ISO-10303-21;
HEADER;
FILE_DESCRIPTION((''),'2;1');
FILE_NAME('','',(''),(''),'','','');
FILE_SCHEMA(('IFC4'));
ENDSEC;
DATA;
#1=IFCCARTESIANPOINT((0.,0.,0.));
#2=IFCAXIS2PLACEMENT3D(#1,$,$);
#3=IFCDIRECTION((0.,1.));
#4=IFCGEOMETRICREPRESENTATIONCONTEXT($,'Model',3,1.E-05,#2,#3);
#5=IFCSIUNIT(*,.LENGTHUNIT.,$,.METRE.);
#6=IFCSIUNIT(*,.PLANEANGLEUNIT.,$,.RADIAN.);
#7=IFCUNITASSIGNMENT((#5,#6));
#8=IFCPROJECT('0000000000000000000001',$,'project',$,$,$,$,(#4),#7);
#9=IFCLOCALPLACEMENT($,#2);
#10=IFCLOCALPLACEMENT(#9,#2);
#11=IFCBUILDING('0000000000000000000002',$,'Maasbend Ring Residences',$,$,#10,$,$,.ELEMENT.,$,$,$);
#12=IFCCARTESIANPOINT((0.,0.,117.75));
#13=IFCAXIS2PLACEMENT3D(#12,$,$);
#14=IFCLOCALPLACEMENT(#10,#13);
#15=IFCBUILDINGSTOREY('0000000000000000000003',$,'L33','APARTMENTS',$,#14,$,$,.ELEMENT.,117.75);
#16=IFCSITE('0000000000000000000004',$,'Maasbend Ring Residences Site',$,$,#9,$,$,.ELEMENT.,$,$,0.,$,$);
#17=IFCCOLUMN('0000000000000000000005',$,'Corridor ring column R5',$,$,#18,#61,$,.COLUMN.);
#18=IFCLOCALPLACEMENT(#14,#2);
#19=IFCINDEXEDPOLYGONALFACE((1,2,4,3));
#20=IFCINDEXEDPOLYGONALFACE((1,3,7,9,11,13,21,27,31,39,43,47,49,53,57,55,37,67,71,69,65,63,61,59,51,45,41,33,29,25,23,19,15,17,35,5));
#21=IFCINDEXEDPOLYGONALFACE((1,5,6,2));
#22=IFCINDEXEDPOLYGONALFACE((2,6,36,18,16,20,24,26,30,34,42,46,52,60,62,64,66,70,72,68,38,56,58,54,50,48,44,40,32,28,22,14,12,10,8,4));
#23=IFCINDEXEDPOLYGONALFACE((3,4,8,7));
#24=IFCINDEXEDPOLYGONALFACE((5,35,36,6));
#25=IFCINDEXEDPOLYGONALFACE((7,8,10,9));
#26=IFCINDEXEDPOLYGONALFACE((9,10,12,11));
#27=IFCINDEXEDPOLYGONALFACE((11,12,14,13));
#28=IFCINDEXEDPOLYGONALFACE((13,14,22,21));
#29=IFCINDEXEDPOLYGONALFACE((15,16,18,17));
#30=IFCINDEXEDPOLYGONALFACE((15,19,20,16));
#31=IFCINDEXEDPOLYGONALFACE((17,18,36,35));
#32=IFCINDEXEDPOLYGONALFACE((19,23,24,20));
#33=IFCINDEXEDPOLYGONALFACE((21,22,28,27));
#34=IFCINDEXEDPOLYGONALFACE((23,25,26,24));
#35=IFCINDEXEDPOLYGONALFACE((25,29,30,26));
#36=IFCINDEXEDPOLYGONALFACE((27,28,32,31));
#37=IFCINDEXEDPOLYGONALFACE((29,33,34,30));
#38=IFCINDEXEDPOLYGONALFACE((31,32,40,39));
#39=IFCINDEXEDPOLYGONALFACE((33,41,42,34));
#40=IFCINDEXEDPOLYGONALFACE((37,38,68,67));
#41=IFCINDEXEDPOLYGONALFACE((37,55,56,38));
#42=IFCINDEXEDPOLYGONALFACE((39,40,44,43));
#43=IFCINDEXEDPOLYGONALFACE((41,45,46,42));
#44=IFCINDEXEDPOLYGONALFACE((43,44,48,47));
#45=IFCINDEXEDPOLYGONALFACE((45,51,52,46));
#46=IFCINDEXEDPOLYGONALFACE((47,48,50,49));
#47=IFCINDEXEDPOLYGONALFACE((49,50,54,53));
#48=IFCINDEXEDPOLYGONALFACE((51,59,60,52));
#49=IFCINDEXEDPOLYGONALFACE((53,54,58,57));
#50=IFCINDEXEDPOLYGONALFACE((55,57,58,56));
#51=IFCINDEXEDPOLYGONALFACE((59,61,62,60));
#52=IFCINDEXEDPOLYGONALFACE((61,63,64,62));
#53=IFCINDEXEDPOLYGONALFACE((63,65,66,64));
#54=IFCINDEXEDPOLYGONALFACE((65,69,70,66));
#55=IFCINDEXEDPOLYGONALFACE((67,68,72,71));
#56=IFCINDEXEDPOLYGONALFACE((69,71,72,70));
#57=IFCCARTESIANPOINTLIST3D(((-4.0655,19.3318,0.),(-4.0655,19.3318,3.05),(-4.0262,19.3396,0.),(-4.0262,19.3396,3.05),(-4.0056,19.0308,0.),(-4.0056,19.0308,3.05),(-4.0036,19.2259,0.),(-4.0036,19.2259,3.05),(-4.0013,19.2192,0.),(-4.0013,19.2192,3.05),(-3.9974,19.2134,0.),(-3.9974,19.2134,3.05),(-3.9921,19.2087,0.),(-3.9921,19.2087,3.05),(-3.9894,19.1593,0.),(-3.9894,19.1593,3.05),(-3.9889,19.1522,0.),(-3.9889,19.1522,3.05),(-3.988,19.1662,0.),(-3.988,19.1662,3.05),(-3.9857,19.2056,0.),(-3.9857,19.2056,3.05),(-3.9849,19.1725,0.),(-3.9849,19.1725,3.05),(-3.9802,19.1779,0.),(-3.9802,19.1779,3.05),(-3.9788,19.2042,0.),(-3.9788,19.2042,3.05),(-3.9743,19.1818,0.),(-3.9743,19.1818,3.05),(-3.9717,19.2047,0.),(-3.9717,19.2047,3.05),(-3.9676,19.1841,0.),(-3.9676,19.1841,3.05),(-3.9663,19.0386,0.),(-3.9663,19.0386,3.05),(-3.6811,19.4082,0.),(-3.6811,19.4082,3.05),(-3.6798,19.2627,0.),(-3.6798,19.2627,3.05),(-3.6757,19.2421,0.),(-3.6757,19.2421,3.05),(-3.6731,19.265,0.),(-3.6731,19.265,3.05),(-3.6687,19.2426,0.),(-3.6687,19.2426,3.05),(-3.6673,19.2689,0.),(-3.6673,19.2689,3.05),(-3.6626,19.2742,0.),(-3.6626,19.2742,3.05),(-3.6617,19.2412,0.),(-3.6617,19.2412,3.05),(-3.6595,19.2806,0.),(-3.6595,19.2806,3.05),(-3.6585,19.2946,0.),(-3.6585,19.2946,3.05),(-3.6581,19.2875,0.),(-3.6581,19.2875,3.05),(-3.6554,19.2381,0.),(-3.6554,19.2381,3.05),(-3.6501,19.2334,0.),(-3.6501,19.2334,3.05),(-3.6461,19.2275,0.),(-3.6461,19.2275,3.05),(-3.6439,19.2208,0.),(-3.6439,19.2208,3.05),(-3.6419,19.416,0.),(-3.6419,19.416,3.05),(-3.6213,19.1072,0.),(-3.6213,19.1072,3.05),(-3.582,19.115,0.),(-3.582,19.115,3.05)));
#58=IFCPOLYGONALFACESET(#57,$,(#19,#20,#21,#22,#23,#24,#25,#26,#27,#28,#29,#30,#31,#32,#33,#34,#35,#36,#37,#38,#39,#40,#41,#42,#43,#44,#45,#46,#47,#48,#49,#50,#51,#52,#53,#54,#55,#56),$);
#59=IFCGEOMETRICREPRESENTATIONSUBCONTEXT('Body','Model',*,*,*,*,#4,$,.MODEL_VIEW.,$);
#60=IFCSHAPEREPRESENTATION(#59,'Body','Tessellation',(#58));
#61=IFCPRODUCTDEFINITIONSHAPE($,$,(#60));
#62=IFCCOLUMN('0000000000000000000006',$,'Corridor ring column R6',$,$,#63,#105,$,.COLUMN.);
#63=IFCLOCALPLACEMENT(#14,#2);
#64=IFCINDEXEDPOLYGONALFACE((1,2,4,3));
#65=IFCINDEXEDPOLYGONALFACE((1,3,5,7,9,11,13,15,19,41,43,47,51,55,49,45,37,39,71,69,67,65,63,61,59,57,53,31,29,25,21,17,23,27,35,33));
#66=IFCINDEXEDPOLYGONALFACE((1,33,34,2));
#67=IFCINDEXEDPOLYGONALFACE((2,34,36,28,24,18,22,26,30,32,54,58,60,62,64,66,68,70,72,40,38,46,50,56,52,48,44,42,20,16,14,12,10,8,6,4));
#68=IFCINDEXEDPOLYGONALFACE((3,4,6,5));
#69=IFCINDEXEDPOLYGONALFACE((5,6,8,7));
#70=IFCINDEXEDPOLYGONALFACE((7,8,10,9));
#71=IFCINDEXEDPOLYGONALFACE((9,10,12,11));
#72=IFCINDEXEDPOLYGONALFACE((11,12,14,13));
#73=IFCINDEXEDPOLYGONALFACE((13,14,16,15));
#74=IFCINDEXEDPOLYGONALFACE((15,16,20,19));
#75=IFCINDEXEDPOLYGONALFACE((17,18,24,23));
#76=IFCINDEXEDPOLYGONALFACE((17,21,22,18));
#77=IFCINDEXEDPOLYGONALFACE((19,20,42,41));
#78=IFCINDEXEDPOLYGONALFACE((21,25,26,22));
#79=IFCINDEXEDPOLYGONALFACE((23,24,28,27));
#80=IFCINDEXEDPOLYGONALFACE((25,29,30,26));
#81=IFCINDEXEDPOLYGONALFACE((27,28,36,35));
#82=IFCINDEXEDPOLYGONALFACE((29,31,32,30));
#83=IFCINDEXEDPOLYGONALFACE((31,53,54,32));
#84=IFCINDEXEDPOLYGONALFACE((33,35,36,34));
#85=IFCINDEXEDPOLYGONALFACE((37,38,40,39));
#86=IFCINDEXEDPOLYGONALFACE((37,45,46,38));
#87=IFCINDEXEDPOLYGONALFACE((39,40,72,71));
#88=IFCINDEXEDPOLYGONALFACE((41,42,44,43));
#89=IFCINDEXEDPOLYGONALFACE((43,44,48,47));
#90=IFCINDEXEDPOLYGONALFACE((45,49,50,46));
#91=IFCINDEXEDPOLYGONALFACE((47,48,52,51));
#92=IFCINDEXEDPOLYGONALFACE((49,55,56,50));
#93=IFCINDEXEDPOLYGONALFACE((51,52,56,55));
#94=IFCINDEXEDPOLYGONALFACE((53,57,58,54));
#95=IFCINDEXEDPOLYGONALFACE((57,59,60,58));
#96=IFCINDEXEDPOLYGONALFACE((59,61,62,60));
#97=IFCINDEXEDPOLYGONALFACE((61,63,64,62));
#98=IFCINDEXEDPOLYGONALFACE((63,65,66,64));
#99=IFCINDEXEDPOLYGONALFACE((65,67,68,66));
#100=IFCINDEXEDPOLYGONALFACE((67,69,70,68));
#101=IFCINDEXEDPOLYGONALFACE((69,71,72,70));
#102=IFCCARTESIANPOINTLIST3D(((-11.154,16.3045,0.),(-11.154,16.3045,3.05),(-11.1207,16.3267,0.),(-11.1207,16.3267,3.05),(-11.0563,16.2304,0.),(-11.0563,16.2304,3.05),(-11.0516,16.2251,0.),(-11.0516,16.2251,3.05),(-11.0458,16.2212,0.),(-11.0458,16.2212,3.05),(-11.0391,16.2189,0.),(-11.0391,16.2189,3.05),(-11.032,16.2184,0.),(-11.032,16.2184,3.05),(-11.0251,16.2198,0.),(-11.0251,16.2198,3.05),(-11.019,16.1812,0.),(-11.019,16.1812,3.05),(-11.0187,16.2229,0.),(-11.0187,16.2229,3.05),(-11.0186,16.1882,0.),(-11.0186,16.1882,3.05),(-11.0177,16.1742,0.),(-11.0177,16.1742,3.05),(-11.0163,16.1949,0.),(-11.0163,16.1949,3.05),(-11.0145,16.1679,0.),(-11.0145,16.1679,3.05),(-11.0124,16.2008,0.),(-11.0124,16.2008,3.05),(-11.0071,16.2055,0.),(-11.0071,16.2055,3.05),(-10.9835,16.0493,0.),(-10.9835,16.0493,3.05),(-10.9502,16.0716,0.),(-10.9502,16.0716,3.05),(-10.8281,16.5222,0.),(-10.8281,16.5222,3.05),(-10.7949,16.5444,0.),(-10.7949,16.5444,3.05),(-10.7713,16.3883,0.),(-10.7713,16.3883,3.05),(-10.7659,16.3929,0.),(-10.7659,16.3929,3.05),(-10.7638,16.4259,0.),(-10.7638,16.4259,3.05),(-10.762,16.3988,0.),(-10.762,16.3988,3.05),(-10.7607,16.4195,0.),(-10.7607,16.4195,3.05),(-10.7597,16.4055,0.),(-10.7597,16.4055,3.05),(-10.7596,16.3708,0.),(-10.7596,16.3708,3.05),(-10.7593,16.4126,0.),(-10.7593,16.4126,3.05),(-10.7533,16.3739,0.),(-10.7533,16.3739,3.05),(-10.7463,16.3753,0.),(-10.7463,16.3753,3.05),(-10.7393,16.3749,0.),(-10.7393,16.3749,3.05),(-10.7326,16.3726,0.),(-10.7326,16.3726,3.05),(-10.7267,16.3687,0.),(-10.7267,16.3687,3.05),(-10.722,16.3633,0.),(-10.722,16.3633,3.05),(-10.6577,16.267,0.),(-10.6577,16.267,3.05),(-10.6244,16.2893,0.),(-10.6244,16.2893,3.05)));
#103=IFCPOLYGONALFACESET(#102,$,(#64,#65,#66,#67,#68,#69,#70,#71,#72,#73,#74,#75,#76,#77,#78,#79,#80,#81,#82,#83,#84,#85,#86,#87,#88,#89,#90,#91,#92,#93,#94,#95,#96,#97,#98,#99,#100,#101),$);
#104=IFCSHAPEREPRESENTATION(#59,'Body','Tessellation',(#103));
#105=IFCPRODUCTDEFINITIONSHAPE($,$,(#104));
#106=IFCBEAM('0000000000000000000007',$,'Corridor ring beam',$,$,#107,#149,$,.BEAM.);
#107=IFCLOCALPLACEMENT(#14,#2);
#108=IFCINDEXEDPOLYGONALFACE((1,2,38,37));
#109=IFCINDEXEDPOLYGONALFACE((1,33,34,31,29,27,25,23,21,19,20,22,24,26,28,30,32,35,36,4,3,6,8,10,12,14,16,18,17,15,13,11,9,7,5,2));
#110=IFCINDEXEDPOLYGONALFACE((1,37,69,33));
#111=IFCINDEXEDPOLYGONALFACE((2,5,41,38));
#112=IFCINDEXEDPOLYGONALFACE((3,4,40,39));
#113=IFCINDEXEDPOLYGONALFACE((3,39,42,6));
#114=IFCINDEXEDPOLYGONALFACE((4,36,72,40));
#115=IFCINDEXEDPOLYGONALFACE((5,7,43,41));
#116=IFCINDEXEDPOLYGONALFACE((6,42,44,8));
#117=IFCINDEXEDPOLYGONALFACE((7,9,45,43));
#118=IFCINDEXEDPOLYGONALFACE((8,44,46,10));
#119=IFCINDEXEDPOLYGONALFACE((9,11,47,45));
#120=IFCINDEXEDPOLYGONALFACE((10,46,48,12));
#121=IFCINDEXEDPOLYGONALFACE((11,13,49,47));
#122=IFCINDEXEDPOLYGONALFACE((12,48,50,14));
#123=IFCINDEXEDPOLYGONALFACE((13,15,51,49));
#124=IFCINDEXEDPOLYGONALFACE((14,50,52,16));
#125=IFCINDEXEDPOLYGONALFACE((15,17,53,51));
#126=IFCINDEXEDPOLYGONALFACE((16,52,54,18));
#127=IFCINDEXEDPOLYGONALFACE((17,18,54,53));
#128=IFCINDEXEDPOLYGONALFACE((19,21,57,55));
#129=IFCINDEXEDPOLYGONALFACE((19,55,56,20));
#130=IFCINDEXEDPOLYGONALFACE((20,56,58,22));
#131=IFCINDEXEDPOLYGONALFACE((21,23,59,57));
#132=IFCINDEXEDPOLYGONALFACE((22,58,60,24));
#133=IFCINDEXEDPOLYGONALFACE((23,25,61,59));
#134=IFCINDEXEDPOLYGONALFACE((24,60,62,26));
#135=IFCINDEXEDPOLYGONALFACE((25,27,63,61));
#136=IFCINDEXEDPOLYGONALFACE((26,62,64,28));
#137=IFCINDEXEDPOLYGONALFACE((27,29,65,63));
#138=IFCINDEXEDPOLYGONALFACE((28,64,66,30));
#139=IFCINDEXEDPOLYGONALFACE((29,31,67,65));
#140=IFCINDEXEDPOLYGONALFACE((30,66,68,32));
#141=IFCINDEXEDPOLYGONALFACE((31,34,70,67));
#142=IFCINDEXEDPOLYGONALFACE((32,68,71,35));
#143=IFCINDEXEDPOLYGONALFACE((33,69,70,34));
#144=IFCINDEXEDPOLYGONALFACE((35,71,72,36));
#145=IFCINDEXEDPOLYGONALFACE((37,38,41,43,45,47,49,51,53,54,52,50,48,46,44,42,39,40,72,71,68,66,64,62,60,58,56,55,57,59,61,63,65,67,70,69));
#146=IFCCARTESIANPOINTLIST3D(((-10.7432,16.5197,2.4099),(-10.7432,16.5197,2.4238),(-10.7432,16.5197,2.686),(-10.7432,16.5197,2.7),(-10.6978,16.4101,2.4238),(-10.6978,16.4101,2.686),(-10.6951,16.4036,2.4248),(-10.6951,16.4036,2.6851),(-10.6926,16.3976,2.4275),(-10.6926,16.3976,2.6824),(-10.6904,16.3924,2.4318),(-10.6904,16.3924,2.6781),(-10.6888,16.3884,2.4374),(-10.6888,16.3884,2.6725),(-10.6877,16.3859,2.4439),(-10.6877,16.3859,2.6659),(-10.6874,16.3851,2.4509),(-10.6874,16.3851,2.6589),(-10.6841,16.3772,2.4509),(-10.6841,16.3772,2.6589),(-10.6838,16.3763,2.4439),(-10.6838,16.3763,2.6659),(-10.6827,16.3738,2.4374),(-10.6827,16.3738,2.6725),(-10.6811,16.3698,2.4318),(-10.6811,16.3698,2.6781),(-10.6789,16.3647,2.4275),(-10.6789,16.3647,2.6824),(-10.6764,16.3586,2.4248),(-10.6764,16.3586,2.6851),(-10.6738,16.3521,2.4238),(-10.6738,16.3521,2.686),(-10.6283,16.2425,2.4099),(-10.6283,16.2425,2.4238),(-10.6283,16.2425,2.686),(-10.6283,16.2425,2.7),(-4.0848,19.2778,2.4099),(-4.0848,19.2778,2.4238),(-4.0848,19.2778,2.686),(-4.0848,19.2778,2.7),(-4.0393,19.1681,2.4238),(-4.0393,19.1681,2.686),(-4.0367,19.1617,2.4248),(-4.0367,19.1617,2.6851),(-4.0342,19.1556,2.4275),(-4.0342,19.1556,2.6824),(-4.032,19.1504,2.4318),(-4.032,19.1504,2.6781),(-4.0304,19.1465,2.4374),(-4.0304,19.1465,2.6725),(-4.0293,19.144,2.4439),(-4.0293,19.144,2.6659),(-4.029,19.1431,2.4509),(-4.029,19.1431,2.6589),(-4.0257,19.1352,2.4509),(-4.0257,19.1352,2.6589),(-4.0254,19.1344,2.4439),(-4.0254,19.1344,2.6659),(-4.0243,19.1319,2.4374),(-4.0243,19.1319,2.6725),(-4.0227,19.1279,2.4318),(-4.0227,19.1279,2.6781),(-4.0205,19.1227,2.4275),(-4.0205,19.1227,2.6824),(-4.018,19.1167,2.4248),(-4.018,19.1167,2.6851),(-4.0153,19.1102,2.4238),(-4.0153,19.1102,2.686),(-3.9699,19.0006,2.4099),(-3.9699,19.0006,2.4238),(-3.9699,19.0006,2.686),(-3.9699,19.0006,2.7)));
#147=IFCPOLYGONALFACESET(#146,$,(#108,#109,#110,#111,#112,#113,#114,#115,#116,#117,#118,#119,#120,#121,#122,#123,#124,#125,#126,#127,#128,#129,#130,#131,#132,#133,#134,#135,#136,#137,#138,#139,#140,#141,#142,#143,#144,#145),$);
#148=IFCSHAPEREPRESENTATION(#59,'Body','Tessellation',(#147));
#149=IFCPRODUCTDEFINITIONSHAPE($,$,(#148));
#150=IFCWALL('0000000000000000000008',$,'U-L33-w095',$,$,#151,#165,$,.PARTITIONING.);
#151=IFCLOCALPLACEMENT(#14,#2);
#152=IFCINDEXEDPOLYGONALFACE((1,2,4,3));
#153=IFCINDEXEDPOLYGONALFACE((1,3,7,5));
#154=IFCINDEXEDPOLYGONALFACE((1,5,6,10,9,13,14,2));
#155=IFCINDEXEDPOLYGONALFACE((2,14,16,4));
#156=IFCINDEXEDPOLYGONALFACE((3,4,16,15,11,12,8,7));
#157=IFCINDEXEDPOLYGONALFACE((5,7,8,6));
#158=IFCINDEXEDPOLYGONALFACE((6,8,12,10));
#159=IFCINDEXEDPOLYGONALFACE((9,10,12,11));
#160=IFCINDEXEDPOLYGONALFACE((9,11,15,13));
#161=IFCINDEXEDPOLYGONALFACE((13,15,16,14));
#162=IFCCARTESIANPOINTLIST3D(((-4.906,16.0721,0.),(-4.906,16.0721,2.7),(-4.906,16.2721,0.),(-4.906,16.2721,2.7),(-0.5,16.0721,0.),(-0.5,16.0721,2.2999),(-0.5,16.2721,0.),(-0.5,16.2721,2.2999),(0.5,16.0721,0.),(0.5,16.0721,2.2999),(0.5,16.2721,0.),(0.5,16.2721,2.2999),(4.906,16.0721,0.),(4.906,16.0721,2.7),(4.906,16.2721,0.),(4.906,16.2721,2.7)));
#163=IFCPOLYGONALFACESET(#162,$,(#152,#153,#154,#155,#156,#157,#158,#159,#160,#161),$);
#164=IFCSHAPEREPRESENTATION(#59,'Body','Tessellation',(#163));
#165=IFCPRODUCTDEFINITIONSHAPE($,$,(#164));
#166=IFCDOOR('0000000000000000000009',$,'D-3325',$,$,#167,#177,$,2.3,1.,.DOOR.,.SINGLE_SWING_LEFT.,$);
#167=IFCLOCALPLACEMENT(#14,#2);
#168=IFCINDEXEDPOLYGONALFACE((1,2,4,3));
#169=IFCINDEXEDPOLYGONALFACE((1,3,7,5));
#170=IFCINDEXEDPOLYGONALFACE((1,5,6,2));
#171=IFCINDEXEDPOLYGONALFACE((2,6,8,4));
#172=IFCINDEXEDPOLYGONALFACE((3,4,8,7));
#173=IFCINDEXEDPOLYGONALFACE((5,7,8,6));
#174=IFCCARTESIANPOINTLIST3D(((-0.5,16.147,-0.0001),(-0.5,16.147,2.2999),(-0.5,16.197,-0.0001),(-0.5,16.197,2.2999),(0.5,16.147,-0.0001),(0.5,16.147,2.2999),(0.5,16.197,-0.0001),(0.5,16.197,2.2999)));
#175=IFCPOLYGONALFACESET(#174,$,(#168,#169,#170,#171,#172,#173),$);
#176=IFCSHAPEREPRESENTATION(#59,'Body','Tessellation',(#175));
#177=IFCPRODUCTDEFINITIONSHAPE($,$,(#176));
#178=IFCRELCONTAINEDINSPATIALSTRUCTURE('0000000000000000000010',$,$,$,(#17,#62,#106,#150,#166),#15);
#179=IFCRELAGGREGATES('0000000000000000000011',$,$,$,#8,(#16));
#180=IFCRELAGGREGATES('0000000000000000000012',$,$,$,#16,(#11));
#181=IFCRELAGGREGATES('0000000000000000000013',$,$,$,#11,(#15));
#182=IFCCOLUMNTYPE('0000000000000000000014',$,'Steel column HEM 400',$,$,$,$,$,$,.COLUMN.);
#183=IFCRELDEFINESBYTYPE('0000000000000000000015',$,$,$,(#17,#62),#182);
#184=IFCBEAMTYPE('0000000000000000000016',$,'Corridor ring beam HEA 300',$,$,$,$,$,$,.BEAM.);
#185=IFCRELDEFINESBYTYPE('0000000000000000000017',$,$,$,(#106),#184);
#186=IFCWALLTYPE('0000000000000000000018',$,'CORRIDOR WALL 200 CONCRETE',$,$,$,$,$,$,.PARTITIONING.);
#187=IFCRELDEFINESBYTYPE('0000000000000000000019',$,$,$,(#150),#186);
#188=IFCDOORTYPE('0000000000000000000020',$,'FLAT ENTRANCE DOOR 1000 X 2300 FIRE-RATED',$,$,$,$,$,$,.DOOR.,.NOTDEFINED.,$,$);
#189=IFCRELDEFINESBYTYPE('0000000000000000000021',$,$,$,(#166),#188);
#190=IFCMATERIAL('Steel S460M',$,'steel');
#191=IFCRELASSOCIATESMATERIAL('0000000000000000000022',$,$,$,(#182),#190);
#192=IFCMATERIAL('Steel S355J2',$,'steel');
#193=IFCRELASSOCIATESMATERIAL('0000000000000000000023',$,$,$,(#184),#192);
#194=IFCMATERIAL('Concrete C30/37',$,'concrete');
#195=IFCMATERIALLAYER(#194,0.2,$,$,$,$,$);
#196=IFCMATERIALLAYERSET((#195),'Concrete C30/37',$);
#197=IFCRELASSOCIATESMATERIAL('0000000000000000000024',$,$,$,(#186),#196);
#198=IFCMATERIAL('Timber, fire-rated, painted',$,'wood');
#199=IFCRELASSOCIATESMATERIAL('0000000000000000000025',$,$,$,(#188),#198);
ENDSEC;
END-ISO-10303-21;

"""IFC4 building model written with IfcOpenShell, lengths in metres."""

from ifc_helpers import new_model, si_unit, direction, frame, frame_2d, origin, origin_2d, place, context, subcontext, project, spatial, rectangle, i_section, extrude, material, layer, layer_set, material_profile, profile_set, type_object, element, fill, save


model = new_model("IFC4")

# Units and contexts
model_context = context("Model", 3, precision=1e-05, world=origin(), true_north=direction((0.0, 1.0)))
body_context = subcontext(model_context, "Body", "Model", "MODEL_VIEW")
ifc_project = project(units=[si_unit("LENGTHUNIT", "METRE"), si_unit("PLANEANGLEUNIT", "RADIAN")], contexts=[model_context])

# Site, building, storey
site_placement = place(None, origin())
site = spatial("IfcSite", under=ifc_project, at=site_placement, Name="Maasbend Ring Residences Site", CompositionType="ELEMENT", RefElevation=0.0)
building_placement = place(site_placement, origin())
building = spatial("IfcBuilding", under=site, at=building_placement, Name="Maasbend Ring Residences", CompositionType="ELEMENT")
storey_placement = place(building_placement, frame((0.0, 0.0, 117.75)))
storey = spatial("IfcBuildingStorey", under=building, at=storey_placement, Name="L33", Description="APARTMENTS", CompositionType="ELEMENT", Elevation=117.75)

# Columns
ifc_material_1 = material(Name="Steel S460M", Category="steel")
ifc_material_profile_1 = material_profile(ifc_material_1, i_section(OverallWidth=0.3069, OverallDepth=0.4319, WebThickness=0.021, FlangeThickness=0.04, FilletRadius=0.0271, at=origin_2d()), Name="HEM 400")
ifc_profile_set_1 = profile_set([ifc_material_profile_1], Name="Steel S460M")
column_type = type_object("IfcColumnType", Name="Steel column HEM 400", PredefinedType="COLUMN", material=ifc_profile_set_1)
for number, where, z_axis, x_axis, name in (
    (1, (-3.8237, 19.2234, 0.0), (0.0, 0.0, 1.0), (-0.19509, 0.980785, 0.0), "Corridor ring column R5"),
    (2, (-10.8892, 16.2969, 0.0), (0.0, 0.0, 1.0), (-0.55557, 0.83147, 0.0), "Corridor ring column R6"),
):
    element("IfcColumn", number, at=place(storey_placement, frame(where, z_axis=z_axis, x_axis=x_axis)), inside=storey, type_object=column_type, Name=name, PredefinedType="COLUMN", context=body_context, shape_type="SweptSolid", body=[
        extrude(i_section(OverallWidth=0.3069, OverallDepth=0.4319, WebThickness=0.021, FlangeThickness=0.04, FilletRadius=0.0271, at=origin_2d()), origin(), (0.0, 0.0, 1.0), 3.05),
    ])

# Beam
ifc_material_2 = material(Name="Steel S355J2", Category="steel")
ifc_material_profile_2 = material_profile(ifc_material_2, i_section(OverallWidth=0.3, OverallDepth=0.29, WebThickness=0.0085, FlangeThickness=0.0139, FilletRadius=0.0271, at=origin_2d()), Name="HEA 300")
ifc_profile_set_2 = profile_set([ifc_material_profile_2], Name="Steel S355J2")
beam_type = type_object("IfcBeamType", Name="Corridor ring beam HEA 300", PredefinedType="BEAM", material=ifc_profile_set_2)
beam_placement = place(storey_placement, frame((-4.0273, 19.1392, 2.5549), z_axis=(-0.923878, -0.382688, 0.0), x_axis=(0.382688, -0.923878, 0.0)))
element("IfcBeam", 3, at=beam_placement, inside=storey, type_object=beam_type, Name="Corridor ring beam", PredefinedType="BEAM", context=body_context, shape_type="SweptSolid", body=[
    extrude(i_section(OverallWidth=0.3, OverallDepth=0.29, WebThickness=0.0085, FlangeThickness=0.0139, FilletRadius=0.0271, at=origin_2d()), origin(), (0.0, 0.0, 1.0), 7.207),
])

# Wall, opening, door
ifc_material_3 = material(Name="Concrete C30/37", Category="concrete")
ifc_layer_1 = layer(ifc_material_3, 0.2)
ifc_layer_set_1 = layer_set([ifc_layer_1], Name="Concrete C30/37")
wall_type_1 = type_object("IfcWallType", Name="CORRIDOR WALL 200 CONCRETE", PredefinedType="PARTITIONING", material=ifc_layer_set_1)
wall_1_placement = place(storey_placement, frame((-4.906, 16.1721, 0.0), z_axis=(0.0, 0.0, 1.0), x_axis=(1.0, 0.0, 0.0)))
wall_1 = element("IfcWall", 4, at=wall_1_placement, inside=storey, type_object=wall_type_1, Name="U-L33-w095", PredefinedType="PARTITIONING", context=body_context, shape_type="SweptSolid", body=[
    extrude(rectangle(XDim=9.812, YDim=0.2, at=frame_2d((4.906, 0.0))), origin(), (0.0, 0.0, 1.0), 2.7),
])
opening_1_placement = place(wall_1_placement, frame((4.406, 0.0, 0.0)))
opening_1 = element("IfcOpeningElement", 5, at=opening_1_placement, cuts=wall_1, PredefinedType="OPENING", context=body_context, shape_type="SweptSolid", body=[
    extrude(rectangle(XDim=1.0, YDim=2.3, at=frame_2d((0.5, 1.1499))), frame((0.0, 0.1099, 0.0), z_axis=(0.0, -1.0, 0.0), x_axis=(1.0, 0.0, 0.0)), (0.0, 0.0, 1.0), 0.22),
])
ifc_material_4 = material(Name="Timber, fire-rated, painted", Category="wood")
door_type_1 = type_object("IfcDoorType", Name="FLAT ENTRANCE DOOR 1000 X 2300 FIRE-RATED", OperationType="NOTDEFINED", PredefinedType="DOOR", material=ifc_material_4)
door_1_placement = place(opening_1_placement, origin())
door_1 = element("IfcDoor", 6, at=door_1_placement, inside=storey, type_object=door_type_1, Name="D-3325", OperationType="SINGLE_SWING_LEFT", OverallHeight=2.3, OverallWidth=1.0, PredefinedType="DOOR", context=body_context, shape_type="SweptSolid", body=[
    extrude(rectangle(XDim=1.0, YDim=2.3, at=frame_2d((0.5, 1.1499))), frame((0.0, 0.0249, 0.0), z_axis=(0.0, -1.0, 0.0), x_axis=(1.0, 0.0, 0.0)), (0.0, 0.0, 1.0), 0.05),
])
fill(opening_1, door_1)

save(model, "model.ifc")
